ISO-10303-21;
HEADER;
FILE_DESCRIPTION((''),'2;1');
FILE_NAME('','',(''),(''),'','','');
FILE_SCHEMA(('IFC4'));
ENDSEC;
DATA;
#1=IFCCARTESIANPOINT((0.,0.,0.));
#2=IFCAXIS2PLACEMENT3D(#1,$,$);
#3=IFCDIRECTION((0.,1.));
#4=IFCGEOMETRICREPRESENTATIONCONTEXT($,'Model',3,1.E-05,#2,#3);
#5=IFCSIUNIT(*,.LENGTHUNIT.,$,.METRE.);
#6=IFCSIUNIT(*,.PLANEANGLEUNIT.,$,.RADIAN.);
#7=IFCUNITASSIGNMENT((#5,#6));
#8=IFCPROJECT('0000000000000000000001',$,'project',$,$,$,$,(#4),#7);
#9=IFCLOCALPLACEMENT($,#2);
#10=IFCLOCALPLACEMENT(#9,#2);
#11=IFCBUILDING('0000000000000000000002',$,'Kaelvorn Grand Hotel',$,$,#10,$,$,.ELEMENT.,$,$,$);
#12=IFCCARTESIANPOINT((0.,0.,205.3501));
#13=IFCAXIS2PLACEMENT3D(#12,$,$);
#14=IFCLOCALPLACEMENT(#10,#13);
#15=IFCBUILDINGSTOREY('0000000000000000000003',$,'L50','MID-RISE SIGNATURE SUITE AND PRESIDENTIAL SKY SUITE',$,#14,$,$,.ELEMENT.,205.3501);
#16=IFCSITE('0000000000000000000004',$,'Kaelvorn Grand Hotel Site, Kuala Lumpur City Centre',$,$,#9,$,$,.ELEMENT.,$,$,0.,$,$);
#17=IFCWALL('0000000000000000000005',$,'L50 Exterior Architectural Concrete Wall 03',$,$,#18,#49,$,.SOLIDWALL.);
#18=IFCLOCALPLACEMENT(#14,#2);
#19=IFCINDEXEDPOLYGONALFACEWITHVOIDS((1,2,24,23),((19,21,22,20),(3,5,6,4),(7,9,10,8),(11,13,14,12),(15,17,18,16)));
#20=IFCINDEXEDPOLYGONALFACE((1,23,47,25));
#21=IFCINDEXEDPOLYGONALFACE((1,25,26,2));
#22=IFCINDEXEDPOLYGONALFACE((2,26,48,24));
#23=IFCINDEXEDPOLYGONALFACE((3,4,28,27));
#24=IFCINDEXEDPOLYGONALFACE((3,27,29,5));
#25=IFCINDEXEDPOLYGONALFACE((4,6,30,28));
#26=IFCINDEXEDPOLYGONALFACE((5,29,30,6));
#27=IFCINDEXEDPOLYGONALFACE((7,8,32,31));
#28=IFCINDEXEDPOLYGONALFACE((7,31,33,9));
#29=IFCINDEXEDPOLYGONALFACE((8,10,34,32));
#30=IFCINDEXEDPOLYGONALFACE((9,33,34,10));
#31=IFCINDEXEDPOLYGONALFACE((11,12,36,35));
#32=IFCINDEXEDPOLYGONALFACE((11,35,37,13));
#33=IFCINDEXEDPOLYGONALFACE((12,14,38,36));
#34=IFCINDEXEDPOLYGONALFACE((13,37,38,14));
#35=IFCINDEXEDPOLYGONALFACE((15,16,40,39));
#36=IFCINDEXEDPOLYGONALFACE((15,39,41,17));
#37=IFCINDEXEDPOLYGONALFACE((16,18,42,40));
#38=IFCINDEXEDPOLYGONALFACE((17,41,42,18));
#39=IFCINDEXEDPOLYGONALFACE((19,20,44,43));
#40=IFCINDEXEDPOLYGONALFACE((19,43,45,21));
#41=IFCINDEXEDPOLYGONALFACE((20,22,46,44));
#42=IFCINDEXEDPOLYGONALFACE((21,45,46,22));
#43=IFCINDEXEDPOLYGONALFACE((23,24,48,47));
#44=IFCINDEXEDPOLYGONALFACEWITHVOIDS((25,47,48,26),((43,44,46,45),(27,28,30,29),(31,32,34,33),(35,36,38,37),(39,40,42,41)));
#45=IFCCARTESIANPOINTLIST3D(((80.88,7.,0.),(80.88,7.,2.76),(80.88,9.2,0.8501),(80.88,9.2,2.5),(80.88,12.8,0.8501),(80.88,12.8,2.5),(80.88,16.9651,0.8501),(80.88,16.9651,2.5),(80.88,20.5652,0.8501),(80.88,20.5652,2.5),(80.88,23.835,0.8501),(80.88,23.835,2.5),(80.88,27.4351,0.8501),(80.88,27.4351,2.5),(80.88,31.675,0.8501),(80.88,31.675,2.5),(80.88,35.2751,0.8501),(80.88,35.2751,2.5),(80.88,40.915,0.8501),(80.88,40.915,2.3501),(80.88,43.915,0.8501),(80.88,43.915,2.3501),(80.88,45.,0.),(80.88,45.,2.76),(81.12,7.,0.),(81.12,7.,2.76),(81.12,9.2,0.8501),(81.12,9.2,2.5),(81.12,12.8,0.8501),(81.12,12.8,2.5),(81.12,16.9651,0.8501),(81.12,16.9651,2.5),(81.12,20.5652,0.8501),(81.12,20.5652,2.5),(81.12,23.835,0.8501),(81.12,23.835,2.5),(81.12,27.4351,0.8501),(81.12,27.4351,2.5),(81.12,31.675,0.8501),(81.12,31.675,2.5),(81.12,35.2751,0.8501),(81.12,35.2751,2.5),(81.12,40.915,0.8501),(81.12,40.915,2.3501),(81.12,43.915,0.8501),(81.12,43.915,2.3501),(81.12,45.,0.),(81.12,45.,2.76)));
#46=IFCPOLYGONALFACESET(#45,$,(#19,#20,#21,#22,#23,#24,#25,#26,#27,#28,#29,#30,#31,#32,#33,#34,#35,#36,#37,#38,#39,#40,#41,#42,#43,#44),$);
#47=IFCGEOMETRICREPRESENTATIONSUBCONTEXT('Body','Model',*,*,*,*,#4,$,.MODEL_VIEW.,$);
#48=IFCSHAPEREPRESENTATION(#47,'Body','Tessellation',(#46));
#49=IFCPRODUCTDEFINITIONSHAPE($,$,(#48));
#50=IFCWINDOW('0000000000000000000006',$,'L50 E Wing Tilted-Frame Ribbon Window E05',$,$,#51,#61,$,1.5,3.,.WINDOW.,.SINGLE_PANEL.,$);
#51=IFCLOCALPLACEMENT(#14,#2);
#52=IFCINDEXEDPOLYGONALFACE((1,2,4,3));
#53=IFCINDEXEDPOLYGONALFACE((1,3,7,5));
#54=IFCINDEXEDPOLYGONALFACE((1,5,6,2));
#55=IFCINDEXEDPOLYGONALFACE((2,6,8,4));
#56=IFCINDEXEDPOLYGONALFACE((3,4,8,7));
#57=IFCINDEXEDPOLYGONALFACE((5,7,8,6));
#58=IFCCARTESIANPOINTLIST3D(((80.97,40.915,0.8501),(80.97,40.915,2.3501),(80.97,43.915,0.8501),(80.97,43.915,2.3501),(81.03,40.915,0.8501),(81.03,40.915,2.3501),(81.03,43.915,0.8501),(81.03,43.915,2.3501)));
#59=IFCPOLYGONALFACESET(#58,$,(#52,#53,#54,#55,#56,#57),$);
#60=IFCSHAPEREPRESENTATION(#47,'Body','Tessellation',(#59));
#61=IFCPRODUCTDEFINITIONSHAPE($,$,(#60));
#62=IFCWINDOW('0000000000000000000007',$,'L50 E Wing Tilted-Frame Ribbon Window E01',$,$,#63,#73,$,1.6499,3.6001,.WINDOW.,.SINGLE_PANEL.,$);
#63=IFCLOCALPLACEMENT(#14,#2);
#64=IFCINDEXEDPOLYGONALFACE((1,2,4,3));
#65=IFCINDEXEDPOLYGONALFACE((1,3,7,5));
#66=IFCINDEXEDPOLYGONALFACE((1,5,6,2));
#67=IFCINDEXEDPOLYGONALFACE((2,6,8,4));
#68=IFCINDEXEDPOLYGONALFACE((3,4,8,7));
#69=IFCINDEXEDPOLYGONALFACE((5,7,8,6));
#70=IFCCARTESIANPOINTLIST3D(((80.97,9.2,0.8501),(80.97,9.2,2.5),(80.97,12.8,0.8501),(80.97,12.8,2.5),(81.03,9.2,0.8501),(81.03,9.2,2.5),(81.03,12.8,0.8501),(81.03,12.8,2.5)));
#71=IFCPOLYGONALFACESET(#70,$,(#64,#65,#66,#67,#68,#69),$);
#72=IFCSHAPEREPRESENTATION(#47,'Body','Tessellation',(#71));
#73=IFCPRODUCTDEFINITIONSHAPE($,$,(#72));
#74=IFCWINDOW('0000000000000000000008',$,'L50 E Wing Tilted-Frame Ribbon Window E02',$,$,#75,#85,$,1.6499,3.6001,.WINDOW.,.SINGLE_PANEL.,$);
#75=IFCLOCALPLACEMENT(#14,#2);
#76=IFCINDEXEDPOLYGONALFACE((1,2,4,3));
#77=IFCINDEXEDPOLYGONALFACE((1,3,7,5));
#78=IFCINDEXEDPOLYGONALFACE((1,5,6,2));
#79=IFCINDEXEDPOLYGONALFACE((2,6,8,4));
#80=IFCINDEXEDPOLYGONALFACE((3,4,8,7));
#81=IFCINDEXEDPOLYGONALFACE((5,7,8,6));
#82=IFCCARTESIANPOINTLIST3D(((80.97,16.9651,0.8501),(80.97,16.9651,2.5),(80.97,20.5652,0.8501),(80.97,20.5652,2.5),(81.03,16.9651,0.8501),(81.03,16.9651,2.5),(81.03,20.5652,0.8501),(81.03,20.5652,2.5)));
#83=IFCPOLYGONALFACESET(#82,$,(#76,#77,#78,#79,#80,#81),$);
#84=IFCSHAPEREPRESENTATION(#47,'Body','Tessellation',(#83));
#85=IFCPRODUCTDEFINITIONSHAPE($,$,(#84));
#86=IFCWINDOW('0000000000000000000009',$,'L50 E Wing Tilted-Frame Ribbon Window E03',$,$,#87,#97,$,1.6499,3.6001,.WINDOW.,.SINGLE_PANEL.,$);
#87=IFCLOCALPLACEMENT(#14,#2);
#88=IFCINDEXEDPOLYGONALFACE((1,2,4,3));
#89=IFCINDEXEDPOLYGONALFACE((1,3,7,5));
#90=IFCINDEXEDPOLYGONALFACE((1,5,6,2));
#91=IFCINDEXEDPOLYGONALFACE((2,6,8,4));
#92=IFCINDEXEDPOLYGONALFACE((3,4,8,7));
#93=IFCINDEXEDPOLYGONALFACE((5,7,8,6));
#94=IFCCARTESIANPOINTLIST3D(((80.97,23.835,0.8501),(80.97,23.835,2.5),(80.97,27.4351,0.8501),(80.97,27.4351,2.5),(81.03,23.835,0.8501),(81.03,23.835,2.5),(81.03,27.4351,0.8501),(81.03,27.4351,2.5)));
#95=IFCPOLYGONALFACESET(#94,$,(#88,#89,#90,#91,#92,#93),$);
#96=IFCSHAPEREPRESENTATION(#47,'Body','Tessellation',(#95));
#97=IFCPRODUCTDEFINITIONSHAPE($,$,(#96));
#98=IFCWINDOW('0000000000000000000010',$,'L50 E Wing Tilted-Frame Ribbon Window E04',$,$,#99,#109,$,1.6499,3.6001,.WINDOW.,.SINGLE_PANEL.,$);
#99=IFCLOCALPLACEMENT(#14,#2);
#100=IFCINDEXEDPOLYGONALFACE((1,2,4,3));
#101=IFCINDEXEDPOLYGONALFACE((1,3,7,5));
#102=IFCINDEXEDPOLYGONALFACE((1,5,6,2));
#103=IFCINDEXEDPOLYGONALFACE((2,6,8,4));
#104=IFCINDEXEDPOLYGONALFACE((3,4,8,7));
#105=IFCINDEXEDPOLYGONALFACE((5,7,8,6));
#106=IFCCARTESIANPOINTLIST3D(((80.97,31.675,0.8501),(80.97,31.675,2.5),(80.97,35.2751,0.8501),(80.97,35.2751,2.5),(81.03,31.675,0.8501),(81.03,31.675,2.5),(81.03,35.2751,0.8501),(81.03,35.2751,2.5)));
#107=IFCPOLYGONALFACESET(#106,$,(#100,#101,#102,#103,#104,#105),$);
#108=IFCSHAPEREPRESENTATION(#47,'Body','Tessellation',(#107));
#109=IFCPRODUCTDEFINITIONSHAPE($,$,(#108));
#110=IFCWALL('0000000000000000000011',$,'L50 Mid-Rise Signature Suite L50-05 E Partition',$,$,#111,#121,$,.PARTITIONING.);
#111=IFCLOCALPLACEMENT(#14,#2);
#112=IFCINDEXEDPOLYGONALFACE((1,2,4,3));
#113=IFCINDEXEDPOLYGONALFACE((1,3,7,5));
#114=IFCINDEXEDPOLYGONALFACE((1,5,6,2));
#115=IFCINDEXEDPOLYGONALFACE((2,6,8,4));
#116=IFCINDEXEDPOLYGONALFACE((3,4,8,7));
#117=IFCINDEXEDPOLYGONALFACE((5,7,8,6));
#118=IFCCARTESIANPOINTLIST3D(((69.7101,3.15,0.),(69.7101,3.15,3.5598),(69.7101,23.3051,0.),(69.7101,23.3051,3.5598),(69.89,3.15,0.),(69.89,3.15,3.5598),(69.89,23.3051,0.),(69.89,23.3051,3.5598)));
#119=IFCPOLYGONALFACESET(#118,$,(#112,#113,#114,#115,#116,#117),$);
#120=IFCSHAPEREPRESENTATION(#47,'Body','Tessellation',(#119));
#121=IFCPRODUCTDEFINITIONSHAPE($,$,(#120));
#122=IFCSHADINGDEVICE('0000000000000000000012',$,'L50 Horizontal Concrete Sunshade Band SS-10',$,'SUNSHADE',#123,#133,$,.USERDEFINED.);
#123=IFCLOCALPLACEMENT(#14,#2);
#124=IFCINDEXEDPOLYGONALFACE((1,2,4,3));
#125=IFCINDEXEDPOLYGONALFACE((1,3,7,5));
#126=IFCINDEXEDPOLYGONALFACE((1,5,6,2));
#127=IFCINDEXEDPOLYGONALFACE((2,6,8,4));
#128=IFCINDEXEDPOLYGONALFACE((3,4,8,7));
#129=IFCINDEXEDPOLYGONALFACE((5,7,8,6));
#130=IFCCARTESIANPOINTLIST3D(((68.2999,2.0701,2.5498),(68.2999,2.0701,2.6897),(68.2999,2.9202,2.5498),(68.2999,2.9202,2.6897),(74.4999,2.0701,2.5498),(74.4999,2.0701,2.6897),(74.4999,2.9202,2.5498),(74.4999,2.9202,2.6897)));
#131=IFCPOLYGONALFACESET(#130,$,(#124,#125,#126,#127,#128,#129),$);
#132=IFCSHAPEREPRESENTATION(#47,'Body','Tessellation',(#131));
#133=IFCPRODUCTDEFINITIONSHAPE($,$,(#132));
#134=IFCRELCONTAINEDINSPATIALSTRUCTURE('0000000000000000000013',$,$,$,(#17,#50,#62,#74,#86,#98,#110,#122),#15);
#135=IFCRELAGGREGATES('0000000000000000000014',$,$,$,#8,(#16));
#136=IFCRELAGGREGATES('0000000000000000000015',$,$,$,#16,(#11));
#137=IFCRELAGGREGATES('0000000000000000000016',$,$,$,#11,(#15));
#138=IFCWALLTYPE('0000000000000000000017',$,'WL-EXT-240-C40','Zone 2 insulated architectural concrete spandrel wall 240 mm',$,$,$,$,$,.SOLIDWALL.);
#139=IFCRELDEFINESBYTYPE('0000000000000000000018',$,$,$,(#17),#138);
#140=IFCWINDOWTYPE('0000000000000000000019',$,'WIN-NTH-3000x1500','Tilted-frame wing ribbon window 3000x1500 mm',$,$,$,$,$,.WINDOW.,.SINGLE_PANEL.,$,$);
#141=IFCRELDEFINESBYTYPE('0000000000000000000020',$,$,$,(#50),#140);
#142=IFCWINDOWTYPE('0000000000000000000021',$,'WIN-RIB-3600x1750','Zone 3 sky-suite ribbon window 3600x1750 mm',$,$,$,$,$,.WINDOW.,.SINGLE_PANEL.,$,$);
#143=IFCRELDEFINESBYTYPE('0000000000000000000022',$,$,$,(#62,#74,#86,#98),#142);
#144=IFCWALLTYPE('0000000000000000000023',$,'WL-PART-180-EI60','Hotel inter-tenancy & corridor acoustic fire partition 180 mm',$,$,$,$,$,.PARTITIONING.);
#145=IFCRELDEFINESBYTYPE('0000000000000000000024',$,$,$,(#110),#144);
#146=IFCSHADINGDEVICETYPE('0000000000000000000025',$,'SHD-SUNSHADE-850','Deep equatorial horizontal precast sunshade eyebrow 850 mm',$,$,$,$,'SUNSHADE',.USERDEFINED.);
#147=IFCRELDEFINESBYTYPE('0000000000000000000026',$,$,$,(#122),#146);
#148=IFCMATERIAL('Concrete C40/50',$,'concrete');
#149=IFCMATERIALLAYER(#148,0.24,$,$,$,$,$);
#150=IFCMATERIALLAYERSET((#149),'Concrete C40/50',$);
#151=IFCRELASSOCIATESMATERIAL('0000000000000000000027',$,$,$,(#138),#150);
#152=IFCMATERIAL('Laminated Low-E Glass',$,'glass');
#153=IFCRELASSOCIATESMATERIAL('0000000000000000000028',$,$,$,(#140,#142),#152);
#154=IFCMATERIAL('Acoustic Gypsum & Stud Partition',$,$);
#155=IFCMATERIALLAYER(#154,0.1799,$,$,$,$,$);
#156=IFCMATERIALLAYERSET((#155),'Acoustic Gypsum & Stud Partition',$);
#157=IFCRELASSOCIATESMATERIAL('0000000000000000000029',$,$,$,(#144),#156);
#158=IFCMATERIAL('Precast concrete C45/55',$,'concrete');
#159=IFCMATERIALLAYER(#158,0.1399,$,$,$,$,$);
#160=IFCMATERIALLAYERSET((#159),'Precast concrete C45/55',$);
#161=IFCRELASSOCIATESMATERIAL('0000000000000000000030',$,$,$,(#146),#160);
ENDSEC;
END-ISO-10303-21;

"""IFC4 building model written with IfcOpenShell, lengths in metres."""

from ifc_helpers import new_model, si_unit, direction, frame, frame_2d, origin, origin_2d, place, context, subcontext, project, spatial, rectangle, extrude, material, layer, layer_set, type_object, element, fill, save


model = new_model("IFC4")

# Units and contexts
model_context = context("Model", 3, precision=1e-05, world=origin(), true_north=direction((0.0, 1.0)))
body_context = subcontext(model_context, "Body", "Model", "MODEL_VIEW")
ifc_project = project(units=[si_unit("LENGTHUNIT", "METRE"), si_unit("PLANEANGLEUNIT", "RADIAN")], contexts=[model_context])

# Site, building, storey
site_placement = place(None, origin())
site = spatial("IfcSite", under=ifc_project, at=site_placement, Name="Kaelvorn Grand Hotel Site, Kuala Lumpur City Centre", CompositionType="ELEMENT", RefElevation=0.0)
building_placement = place(site_placement, origin())
building = spatial("IfcBuilding", under=site, at=building_placement, Name="Kaelvorn Grand Hotel", CompositionType="ELEMENT")
storey_placement = place(building_placement, frame((0.0, 0.0, 205.3501)))
storey = spatial("IfcBuildingStorey", under=building, at=storey_placement, Name="L50", Description="MID-RISE SIGNATURE SUITE AND PRESIDENTIAL SKY SUITE", CompositionType="ELEMENT", Elevation=205.3501)

# Shared definitions
ifc_material_1 = material(Name="Concrete C40/50", Category="concrete")

# Shared definitions
ifc_material_2 = material(Name="Precast concrete C45/55", Category="concrete")

# Shared definitions
ifc_layer_1 = layer(ifc_material_1, 0.24)
ifc_layer_set_1 = layer_set([ifc_layer_1], Name="Concrete C40/50")
wall_type_1 = type_object("IfcWallType", Name="WL-EXT-240-C40", Description="Zone 2 insulated architectural concrete spandrel wall 240 mm", PredefinedType="SOLIDWALL", material=ifc_layer_set_1)
ifc_material_3 = material(Name="Laminated Low-E Glass", Category="glass")

# Wall, openings, windows
wall_1_placement = place(storey_placement, frame((81.0, 7.0, 0.0), z_axis=(0.0, 0.0, 1.0), x_axis=(0.0, 1.0, 0.0)))
wall_1 = element("IfcWall", 1, at=wall_1_placement, inside=storey, type_object=wall_type_1, Name="L50 Exterior Architectural Concrete Wall 03", PredefinedType="SOLIDWALL", context=body_context, shape_type="SweptSolid", body=[
    extrude(rectangle(XDim=38.0, YDim=0.24, at=frame_2d((19.0, 0.0))), origin(), (0.0, 0.0, 1.0), 2.76),
])
opening_1_placement = place(wall_1_placement, frame((2.2, 0.0, 0.8501)))
opening_1 = element("IfcOpeningElement", 2, at=opening_1_placement, cuts=wall_1, PredefinedType="OPENING", context=body_context, shape_type="SweptSolid", body=[
    extrude(rectangle(XDim=3.6001, YDim=1.6499, at=frame_2d((1.8, 0.825))), frame((0.0, 0.1299, 0.0), z_axis=(0.0, -1.0, 0.0), x_axis=(1.0, 0.0, 0.0)), (0.0, 0.0, 1.0), 0.26),
])
opening_2_placement = place(wall_1_placement, frame((9.9651, 0.0, 0.8501)))
opening_2 = element("IfcOpeningElement", 3, at=opening_2_placement, cuts=wall_1, PredefinedType="OPENING", context=body_context, shape_type="SweptSolid", body=[
    extrude(rectangle(XDim=3.6001, YDim=1.6499, at=frame_2d((1.8, 0.825))), frame((0.0, 0.1299, 0.0), z_axis=(0.0, -1.0, 0.0), x_axis=(1.0, 0.0, 0.0)), (0.0, 0.0, 1.0), 0.26),
])
opening_3_placement = place(wall_1_placement, frame((16.835, 0.0, 0.8501)))
opening_3 = element("IfcOpeningElement", 4, at=opening_3_placement, cuts=wall_1, PredefinedType="OPENING", context=body_context, shape_type="SweptSolid", body=[
    extrude(rectangle(XDim=3.6001, YDim=1.6499, at=frame_2d((1.8, 0.825))), frame((0.0, 0.1299, 0.0), z_axis=(0.0, -1.0, 0.0), x_axis=(1.0, 0.0, 0.0)), (0.0, 0.0, 1.0), 0.26),
])
opening_4_placement = place(wall_1_placement, frame((24.675, 0.0, 0.8501)))
opening_4 = element("IfcOpeningElement", 5, at=opening_4_placement, cuts=wall_1, PredefinedType="OPENING", context=body_context, shape_type="SweptSolid", body=[
    extrude(rectangle(XDim=3.6001, YDim=1.6499, at=frame_2d((1.8, 0.825))), frame((0.0, 0.1299, 0.0), z_axis=(0.0, -1.0, 0.0), x_axis=(1.0, 0.0, 0.0)), (0.0, 0.0, 1.0), 0.26),
])
opening_5_placement = place(wall_1_placement, frame((33.915, 0.0, 0.8501)))
opening_5 = element("IfcOpeningElement", 6, at=opening_5_placement, cuts=wall_1, PredefinedType="OPENING", context=body_context, shape_type="SweptSolid", body=[
    extrude(rectangle(XDim=3.0, YDim=1.5, at=frame_2d((1.5, 0.75))), frame((0.0, 0.1299, 0.0), z_axis=(0.0, -1.0, 0.0), x_axis=(1.0, 0.0, 0.0)), (0.0, 0.0, 1.0), 0.26),
])
window_type_1 = type_object("IfcWindowType", Name="WIN-NTH-3000x1500", Description="Tilted-frame wing ribbon window 3000x1500 mm", PartitioningType="SINGLE_PANEL", PredefinedType="WINDOW", material=ifc_material_3)
window_1_placement = place(opening_5_placement, origin())
window_1 = element("IfcWindow", 7, at=window_1_placement, inside=storey, type_object=window_type_1, Name="L50 E Wing Tilted-Frame Ribbon Window E05", OverallHeight=1.5, OverallWidth=3.0, PartitioningType="SINGLE_PANEL", PredefinedType="WINDOW", context=body_context, shape_type="SweptSolid", body=[
    extrude(rectangle(XDim=3.0, YDim=1.5, at=frame_2d((1.5, 0.75))), frame((0.0, 0.03, 0.0), z_axis=(0.0, -1.0, 0.0), x_axis=(1.0, 0.0, 0.0)), (0.0, 0.0, 1.0), 0.0601),
])
fill(opening_5, window_1)
window_type_2 = type_object("IfcWindowType", Name="WIN-RIB-3600x1750", Description="Zone 3 sky-suite ribbon window 3600x1750 mm", PartitioningType="SINGLE_PANEL", PredefinedType="WINDOW", material=ifc_material_3)
window_2_placement = place(opening_1_placement, origin())
window_2 = element("IfcWindow", 8, at=window_2_placement, inside=storey, type_object=window_type_2, Name="L50 E Wing Tilted-Frame Ribbon Window E01", OverallHeight=1.6499, OverallWidth=3.6001, PartitioningType="SINGLE_PANEL", PredefinedType="WINDOW", context=body_context, shape_type="SweptSolid", body=[
    extrude(rectangle(XDim=3.6001, YDim=1.6499, at=frame_2d((1.8, 0.825))), frame((0.0, 0.03, 0.0), z_axis=(0.0, -1.0, 0.0), x_axis=(1.0, 0.0, 0.0)), (0.0, 0.0, 1.0), 0.0601),
])
fill(opening_1, window_2)
window_3_placement = place(opening_2_placement, origin())
window_3 = element("IfcWindow", 9, at=window_3_placement, inside=storey, type_object=window_type_2, Name="L50 E Wing Tilted-Frame Ribbon Window E02", OverallHeight=1.6499, OverallWidth=3.6001, PartitioningType="SINGLE_PANEL", PredefinedType="WINDOW", context=body_context, shape_type="SweptSolid", body=[
    extrude(rectangle(XDim=3.6001, YDim=1.6499, at=frame_2d((1.8, 0.825))), frame((0.0, 0.03, 0.0), z_axis=(0.0, -1.0, 0.0), x_axis=(1.0, 0.0, 0.0)), (0.0, 0.0, 1.0), 0.0601),
])
fill(opening_2, window_3)
window_4_placement = place(opening_3_placement, origin())
window_4 = element("IfcWindow", 10, at=window_4_placement, inside=storey, type_object=window_type_2, Name="L50 E Wing Tilted-Frame Ribbon Window E03", OverallHeight=1.6499, OverallWidth=3.6001, PartitioningType="SINGLE_PANEL", PredefinedType="WINDOW", context=body_context, shape_type="SweptSolid", body=[
    extrude(rectangle(XDim=3.6001, YDim=1.6499, at=frame_2d((1.8, 0.825))), frame((0.0, 0.03, 0.0), z_axis=(0.0, -1.0, 0.0), x_axis=(1.0, 0.0, 0.0)), (0.0, 0.0, 1.0), 0.0601),
])
fill(opening_3, window_4)
window_5_placement = place(opening_4_placement, origin())
window_5 = element("IfcWindow", 11, at=window_5_placement, inside=storey, type_object=window_type_2, Name="L50 E Wing Tilted-Frame Ribbon Window E04", OverallHeight=1.6499, OverallWidth=3.6001, PartitioningType="SINGLE_PANEL", PredefinedType="WINDOW", context=body_context, shape_type="SweptSolid", body=[
    extrude(rectangle(XDim=3.6001, YDim=1.6499, at=frame_2d((1.8, 0.825))), frame((0.0, 0.03, 0.0), z_axis=(0.0, -1.0, 0.0), x_axis=(1.0, 0.0, 0.0)), (0.0, 0.0, 1.0), 0.0601),
])
fill(opening_4, window_5)

# Wall
ifc_material_4 = material(Name="Acoustic Gypsum & Stud Partition")
ifc_layer_2 = layer(ifc_material_4, 0.1799)
ifc_layer_set_2 = layer_set([ifc_layer_2], Name="Acoustic Gypsum & Stud Partition")
wall_type_2 = type_object("IfcWallType", Name="WL-PART-180-EI60", Description="Hotel inter-tenancy & corridor acoustic fire partition 180 mm", PredefinedType="PARTITIONING", material=ifc_layer_set_2)
wall_2_placement = place(storey_placement, frame((69.8, 3.1499, 0.0), z_axis=(0.0, 0.0, 1.0), x_axis=(0.0, 1.0, 0.0)))
element("IfcWall", 12, at=wall_2_placement, inside=storey, type_object=wall_type_2, Name="L50 Mid-Rise Signature Suite L50-05 E Partition", PredefinedType="PARTITIONING", context=body_context, shape_type="SweptSolid", body=[
    extrude(rectangle(XDim=20.155, YDim=0.1799, at=frame_2d((10.0776, 0.0))), origin(), (0.0, 0.0, 1.0), 3.5598),
])

# Shading device
ifc_layer_3 = layer(ifc_material_2, 0.1399)
ifc_layer_set_3 = layer_set([ifc_layer_3], Name="Precast concrete C45/55")
shading_device_type = type_object("IfcShadingDeviceType", Name="SHD-SUNSHADE-850", Description="Deep equatorial horizontal precast sunshade eyebrow 850 mm", ElementType="SUNSHADE", PredefinedType="USERDEFINED", material=ifc_layer_set_3)
shading_device_placement = place(storey_placement, frame((71.3999, 2.4951, 2.5498), z_axis=(0.0, 0.0, 1.0), x_axis=(1.0, 0.0, 0.0)))
element("IfcShadingDevice", 13, at=shading_device_placement, inside=storey, type_object=shading_device_type, Name="L50 Horizontal Concrete Sunshade Band SS-10", ObjectType="SUNSHADE", PredefinedType="USERDEFINED", context=body_context, shape_type="SweptSolid", body=[
    extrude(rectangle(XDim=6.2, YDim=0.8501, at=origin_2d()), origin(), (0.0, 0.0, 1.0), 0.1399),
])

save(model, "model.ifc")
